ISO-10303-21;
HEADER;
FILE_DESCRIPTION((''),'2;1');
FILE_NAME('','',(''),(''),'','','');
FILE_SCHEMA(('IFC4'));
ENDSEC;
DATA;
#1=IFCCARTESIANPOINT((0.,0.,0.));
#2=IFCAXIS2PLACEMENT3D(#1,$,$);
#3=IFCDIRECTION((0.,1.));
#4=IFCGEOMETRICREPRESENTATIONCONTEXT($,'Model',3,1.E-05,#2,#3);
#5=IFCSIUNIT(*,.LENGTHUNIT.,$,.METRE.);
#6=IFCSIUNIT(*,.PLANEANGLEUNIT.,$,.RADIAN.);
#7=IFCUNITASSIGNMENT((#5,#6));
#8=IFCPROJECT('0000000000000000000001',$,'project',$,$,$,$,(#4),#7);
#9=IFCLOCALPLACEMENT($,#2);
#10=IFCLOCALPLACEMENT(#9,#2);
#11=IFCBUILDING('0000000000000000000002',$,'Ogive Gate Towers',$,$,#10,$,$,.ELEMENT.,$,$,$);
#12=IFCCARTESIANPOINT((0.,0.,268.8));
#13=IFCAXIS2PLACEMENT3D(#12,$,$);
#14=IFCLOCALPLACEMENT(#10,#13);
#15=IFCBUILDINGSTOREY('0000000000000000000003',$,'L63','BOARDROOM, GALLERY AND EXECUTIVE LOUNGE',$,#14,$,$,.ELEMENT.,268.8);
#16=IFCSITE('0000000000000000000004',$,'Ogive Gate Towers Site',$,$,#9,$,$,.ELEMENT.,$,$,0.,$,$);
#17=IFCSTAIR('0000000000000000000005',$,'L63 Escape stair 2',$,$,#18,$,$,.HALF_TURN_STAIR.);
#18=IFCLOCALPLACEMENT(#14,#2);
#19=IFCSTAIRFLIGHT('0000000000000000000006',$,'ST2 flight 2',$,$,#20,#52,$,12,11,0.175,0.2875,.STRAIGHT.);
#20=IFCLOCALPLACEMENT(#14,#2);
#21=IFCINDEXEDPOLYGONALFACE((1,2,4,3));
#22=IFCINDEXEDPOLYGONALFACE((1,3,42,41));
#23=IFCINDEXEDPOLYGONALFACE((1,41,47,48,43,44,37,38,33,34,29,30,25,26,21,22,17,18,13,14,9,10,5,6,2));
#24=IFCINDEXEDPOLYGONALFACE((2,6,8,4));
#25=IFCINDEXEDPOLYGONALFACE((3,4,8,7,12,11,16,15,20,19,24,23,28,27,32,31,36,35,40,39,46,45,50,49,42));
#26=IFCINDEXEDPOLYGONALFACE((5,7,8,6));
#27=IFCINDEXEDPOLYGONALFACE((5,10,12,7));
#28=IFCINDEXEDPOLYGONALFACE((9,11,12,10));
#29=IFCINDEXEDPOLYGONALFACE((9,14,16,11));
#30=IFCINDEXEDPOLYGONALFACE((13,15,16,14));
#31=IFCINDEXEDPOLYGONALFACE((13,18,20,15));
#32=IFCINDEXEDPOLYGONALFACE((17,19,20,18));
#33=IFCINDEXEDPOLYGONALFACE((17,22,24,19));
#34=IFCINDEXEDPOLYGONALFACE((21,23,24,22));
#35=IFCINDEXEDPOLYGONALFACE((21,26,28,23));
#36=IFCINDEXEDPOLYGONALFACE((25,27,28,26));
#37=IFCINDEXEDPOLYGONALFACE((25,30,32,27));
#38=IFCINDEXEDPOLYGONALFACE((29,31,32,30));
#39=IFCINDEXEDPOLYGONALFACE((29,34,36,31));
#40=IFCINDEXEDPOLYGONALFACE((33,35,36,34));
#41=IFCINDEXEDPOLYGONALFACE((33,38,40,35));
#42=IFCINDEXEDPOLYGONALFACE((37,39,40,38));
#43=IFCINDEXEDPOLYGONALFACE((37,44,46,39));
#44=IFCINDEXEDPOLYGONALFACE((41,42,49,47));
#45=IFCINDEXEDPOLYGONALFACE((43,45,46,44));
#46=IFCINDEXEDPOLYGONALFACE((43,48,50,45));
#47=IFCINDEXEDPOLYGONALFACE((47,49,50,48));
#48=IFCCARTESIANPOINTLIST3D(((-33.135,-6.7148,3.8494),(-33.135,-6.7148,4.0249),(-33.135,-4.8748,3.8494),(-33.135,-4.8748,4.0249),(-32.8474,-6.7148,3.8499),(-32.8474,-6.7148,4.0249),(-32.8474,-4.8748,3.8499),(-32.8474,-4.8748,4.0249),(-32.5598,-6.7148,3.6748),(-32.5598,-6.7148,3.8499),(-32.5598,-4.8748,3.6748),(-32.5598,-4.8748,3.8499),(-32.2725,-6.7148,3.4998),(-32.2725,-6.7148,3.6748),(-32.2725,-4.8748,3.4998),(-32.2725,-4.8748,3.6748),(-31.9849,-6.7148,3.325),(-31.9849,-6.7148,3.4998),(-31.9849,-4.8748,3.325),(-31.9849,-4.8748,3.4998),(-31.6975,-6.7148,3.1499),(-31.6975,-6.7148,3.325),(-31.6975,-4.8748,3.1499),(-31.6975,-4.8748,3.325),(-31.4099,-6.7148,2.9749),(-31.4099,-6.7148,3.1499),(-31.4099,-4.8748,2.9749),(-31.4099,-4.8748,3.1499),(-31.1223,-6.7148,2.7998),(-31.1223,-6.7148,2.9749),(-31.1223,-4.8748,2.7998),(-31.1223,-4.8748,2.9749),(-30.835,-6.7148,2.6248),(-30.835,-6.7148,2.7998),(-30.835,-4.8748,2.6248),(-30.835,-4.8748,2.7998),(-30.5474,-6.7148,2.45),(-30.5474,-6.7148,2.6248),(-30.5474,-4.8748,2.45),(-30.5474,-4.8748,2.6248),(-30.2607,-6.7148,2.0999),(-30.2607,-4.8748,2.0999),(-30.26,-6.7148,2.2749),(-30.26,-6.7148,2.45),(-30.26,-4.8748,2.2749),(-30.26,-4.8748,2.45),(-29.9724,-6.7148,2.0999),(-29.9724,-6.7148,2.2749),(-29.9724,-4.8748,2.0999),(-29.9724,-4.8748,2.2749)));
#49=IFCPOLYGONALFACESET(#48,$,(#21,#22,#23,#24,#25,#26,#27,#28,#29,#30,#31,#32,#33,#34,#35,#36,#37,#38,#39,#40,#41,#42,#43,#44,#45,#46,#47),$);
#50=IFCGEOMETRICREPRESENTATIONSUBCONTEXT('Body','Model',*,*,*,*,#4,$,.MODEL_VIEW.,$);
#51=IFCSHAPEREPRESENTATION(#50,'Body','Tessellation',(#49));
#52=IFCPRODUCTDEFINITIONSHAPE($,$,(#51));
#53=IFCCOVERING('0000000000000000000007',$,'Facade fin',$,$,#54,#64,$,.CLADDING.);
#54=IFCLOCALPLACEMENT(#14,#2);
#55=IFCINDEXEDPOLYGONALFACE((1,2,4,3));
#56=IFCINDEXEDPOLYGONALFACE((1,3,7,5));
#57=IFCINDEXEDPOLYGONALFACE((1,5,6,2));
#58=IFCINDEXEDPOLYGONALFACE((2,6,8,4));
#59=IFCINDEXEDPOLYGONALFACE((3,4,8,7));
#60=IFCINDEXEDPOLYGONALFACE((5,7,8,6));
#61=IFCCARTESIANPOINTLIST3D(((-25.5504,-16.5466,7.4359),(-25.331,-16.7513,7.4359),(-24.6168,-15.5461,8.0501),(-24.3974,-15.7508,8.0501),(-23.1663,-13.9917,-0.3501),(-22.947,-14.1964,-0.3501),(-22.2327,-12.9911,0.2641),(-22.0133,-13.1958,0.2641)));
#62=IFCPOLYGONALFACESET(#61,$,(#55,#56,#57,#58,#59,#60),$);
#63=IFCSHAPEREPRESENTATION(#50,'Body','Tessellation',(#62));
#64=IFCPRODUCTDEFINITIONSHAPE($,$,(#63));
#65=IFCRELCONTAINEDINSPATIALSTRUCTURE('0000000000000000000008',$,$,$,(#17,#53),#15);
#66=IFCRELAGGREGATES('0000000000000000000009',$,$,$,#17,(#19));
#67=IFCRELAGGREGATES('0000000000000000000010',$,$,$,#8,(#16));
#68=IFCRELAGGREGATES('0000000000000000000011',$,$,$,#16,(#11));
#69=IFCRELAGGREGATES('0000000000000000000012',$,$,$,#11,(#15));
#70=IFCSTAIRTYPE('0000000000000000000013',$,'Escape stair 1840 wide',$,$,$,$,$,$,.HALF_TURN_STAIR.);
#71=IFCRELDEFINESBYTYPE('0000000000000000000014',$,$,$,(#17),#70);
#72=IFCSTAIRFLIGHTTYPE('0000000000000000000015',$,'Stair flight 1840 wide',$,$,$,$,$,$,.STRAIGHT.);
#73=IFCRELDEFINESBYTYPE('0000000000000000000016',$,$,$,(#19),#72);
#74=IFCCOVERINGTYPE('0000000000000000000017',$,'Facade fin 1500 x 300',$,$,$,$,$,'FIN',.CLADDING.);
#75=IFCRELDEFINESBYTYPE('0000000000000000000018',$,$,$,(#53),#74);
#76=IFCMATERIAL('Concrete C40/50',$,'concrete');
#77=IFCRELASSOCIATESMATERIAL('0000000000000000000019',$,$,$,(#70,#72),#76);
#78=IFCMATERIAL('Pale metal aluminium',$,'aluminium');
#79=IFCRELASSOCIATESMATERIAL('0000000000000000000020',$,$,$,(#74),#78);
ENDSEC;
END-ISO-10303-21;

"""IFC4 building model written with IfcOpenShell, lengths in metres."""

from ifc_helpers import new_model, si_unit, direction, frame, origin, origin_2d, place, context, subcontext, project, spatial, polyline, rectangle, outline, extrude, material, material_profile, profile_set, type_object, element, aggregate, save


model = new_model("IFC4")

# Units and contexts
model_context = context("Model", 3, precision=1e-05, world=origin(), true_north=direction((0.0, 1.0)))
body_context = subcontext(model_context, "Body", "Model", "MODEL_VIEW")
ifc_project = project(units=[si_unit("LENGTHUNIT", "METRE"), si_unit("PLANEANGLEUNIT", "RADIAN")], contexts=[model_context])

# Site, building, storey
site_placement = place(None, origin())
site = spatial("IfcSite", under=ifc_project, at=site_placement, Name="Ogive Gate Towers Site", CompositionType="ELEMENT", RefElevation=0.0)
building_placement = place(site_placement, origin())
building = spatial("IfcBuilding", under=site, at=building_placement, Name="Ogive Gate Towers", CompositionType="ELEMENT")
storey_placement = place(building_placement, frame((0.0, 0.0, 268.8)))
storey = spatial("IfcBuildingStorey", under=building, at=storey_placement, Name="L63", Description="BOARDROOM, GALLERY AND EXECUTIVE LOUNGE", CompositionType="ELEMENT", Elevation=268.8)

# Shared definitions
ifc_material_1 = material(Name="Pale metal aluminium", Category="aluminium")

# Stair, stair flight
ifc_material_2 = material(Name="Concrete C40/50", Category="concrete")
stair_type = type_object("IfcStairType", Name="Escape stair 1840 wide", PredefinedType="HALF_TURN_STAIR", material=ifc_material_2)
stair_placement = place(storey_placement, origin())
stair = element("IfcStair", 1, at=stair_placement, inside=storey, type_object=stair_type, Name="L63 Escape stair 2", PredefinedType="HALF_TURN_STAIR")
stair_flight_type = type_object("IfcStairFlightType", Name="Stair flight 1840 wide", PredefinedType="STRAIGHT", material=ifc_material_2)
stair_flight_1_placement = place(storey_placement, frame((-29.9724, -5.7949, 2.0999), z_axis=(0.0, 0.0, 1.0), x_axis=(-1.0, 0.0, 0.0)))
stair_flight_1 = element("IfcStairFlight", 2, at=stair_flight_1_placement, type_object=stair_flight_type, Name="ST2 flight 2", NumberOfRisers=12, NumberOfTreads=11, PredefinedType="STRAIGHT", RiserHeight=0.175, TreadLength=0.2875, context=body_context, shape_type="SweptSolid", body=[
    extrude(outline(polyline([(0.0, 0.0), (0.0, 0.175), (0.2876, 0.175), (0.2876, 0.3501), (0.575, 0.3501), (0.575, 0.5249), (0.8625, 0.5249), (0.8625, 0.7), (1.1499, 0.7), (1.1499, 0.875), (1.4375, 0.875), (1.4375, 1.05), (1.7251, 1.05), (1.7251, 1.2251), (2.0125, 1.2251), (2.0125, 1.3999), (2.3, 1.3999), (2.3, 1.575), (2.5874, 1.575), (2.5874, 1.75), (2.875, 1.75), (2.875, 1.925), (3.1626, 1.925), (3.1626, 2.1001), (3.1626, 1.7495), (0.2883, 0.0), (0.0, 0.0)])), frame((0.0, 0.9199, 0.0), z_axis=(0.0, -1.0, 0.0), x_axis=(1.0, 0.0, 0.0)), (0.0, 0.0, 1.0), 1.8401),
])
aggregate(stair, [stair_flight_1])

# Covering
ifc_material_profile_1 = material_profile(ifc_material_1, rectangle(XDim=0.3, YDim=1.5, at=origin_2d()), Name="1500 x 300 pale metal aluminium")
ifc_profile_set_1 = profile_set([ifc_material_profile_1], Name="Pale metal aluminium")
covering_type = type_object("IfcCoveringType", Name="Facade fin 1500 x 300", ElementType="FIN", PredefinedType="CLADDING", material=ifc_profile_set_1)
covering_placement = place(storey_placement, frame((-22.5898, -13.5938, -0.043), z_axis=(-0.279353, -0.299378, 0.912324), x_axis=(0.731137, -0.682231, 0.0)))
element("IfcCovering", 3, at=covering_placement, inside=storey, type_object=covering_type, Name="Facade fin", PredefinedType="CLADDING", context=body_context, shape_type="SweptSolid", body=[
    extrude(rectangle(XDim=0.3, YDim=1.5, at=origin_2d()), origin(), (0.0, 0.0, 1.0), 8.5342),
])

save(model, "model.ifc")
